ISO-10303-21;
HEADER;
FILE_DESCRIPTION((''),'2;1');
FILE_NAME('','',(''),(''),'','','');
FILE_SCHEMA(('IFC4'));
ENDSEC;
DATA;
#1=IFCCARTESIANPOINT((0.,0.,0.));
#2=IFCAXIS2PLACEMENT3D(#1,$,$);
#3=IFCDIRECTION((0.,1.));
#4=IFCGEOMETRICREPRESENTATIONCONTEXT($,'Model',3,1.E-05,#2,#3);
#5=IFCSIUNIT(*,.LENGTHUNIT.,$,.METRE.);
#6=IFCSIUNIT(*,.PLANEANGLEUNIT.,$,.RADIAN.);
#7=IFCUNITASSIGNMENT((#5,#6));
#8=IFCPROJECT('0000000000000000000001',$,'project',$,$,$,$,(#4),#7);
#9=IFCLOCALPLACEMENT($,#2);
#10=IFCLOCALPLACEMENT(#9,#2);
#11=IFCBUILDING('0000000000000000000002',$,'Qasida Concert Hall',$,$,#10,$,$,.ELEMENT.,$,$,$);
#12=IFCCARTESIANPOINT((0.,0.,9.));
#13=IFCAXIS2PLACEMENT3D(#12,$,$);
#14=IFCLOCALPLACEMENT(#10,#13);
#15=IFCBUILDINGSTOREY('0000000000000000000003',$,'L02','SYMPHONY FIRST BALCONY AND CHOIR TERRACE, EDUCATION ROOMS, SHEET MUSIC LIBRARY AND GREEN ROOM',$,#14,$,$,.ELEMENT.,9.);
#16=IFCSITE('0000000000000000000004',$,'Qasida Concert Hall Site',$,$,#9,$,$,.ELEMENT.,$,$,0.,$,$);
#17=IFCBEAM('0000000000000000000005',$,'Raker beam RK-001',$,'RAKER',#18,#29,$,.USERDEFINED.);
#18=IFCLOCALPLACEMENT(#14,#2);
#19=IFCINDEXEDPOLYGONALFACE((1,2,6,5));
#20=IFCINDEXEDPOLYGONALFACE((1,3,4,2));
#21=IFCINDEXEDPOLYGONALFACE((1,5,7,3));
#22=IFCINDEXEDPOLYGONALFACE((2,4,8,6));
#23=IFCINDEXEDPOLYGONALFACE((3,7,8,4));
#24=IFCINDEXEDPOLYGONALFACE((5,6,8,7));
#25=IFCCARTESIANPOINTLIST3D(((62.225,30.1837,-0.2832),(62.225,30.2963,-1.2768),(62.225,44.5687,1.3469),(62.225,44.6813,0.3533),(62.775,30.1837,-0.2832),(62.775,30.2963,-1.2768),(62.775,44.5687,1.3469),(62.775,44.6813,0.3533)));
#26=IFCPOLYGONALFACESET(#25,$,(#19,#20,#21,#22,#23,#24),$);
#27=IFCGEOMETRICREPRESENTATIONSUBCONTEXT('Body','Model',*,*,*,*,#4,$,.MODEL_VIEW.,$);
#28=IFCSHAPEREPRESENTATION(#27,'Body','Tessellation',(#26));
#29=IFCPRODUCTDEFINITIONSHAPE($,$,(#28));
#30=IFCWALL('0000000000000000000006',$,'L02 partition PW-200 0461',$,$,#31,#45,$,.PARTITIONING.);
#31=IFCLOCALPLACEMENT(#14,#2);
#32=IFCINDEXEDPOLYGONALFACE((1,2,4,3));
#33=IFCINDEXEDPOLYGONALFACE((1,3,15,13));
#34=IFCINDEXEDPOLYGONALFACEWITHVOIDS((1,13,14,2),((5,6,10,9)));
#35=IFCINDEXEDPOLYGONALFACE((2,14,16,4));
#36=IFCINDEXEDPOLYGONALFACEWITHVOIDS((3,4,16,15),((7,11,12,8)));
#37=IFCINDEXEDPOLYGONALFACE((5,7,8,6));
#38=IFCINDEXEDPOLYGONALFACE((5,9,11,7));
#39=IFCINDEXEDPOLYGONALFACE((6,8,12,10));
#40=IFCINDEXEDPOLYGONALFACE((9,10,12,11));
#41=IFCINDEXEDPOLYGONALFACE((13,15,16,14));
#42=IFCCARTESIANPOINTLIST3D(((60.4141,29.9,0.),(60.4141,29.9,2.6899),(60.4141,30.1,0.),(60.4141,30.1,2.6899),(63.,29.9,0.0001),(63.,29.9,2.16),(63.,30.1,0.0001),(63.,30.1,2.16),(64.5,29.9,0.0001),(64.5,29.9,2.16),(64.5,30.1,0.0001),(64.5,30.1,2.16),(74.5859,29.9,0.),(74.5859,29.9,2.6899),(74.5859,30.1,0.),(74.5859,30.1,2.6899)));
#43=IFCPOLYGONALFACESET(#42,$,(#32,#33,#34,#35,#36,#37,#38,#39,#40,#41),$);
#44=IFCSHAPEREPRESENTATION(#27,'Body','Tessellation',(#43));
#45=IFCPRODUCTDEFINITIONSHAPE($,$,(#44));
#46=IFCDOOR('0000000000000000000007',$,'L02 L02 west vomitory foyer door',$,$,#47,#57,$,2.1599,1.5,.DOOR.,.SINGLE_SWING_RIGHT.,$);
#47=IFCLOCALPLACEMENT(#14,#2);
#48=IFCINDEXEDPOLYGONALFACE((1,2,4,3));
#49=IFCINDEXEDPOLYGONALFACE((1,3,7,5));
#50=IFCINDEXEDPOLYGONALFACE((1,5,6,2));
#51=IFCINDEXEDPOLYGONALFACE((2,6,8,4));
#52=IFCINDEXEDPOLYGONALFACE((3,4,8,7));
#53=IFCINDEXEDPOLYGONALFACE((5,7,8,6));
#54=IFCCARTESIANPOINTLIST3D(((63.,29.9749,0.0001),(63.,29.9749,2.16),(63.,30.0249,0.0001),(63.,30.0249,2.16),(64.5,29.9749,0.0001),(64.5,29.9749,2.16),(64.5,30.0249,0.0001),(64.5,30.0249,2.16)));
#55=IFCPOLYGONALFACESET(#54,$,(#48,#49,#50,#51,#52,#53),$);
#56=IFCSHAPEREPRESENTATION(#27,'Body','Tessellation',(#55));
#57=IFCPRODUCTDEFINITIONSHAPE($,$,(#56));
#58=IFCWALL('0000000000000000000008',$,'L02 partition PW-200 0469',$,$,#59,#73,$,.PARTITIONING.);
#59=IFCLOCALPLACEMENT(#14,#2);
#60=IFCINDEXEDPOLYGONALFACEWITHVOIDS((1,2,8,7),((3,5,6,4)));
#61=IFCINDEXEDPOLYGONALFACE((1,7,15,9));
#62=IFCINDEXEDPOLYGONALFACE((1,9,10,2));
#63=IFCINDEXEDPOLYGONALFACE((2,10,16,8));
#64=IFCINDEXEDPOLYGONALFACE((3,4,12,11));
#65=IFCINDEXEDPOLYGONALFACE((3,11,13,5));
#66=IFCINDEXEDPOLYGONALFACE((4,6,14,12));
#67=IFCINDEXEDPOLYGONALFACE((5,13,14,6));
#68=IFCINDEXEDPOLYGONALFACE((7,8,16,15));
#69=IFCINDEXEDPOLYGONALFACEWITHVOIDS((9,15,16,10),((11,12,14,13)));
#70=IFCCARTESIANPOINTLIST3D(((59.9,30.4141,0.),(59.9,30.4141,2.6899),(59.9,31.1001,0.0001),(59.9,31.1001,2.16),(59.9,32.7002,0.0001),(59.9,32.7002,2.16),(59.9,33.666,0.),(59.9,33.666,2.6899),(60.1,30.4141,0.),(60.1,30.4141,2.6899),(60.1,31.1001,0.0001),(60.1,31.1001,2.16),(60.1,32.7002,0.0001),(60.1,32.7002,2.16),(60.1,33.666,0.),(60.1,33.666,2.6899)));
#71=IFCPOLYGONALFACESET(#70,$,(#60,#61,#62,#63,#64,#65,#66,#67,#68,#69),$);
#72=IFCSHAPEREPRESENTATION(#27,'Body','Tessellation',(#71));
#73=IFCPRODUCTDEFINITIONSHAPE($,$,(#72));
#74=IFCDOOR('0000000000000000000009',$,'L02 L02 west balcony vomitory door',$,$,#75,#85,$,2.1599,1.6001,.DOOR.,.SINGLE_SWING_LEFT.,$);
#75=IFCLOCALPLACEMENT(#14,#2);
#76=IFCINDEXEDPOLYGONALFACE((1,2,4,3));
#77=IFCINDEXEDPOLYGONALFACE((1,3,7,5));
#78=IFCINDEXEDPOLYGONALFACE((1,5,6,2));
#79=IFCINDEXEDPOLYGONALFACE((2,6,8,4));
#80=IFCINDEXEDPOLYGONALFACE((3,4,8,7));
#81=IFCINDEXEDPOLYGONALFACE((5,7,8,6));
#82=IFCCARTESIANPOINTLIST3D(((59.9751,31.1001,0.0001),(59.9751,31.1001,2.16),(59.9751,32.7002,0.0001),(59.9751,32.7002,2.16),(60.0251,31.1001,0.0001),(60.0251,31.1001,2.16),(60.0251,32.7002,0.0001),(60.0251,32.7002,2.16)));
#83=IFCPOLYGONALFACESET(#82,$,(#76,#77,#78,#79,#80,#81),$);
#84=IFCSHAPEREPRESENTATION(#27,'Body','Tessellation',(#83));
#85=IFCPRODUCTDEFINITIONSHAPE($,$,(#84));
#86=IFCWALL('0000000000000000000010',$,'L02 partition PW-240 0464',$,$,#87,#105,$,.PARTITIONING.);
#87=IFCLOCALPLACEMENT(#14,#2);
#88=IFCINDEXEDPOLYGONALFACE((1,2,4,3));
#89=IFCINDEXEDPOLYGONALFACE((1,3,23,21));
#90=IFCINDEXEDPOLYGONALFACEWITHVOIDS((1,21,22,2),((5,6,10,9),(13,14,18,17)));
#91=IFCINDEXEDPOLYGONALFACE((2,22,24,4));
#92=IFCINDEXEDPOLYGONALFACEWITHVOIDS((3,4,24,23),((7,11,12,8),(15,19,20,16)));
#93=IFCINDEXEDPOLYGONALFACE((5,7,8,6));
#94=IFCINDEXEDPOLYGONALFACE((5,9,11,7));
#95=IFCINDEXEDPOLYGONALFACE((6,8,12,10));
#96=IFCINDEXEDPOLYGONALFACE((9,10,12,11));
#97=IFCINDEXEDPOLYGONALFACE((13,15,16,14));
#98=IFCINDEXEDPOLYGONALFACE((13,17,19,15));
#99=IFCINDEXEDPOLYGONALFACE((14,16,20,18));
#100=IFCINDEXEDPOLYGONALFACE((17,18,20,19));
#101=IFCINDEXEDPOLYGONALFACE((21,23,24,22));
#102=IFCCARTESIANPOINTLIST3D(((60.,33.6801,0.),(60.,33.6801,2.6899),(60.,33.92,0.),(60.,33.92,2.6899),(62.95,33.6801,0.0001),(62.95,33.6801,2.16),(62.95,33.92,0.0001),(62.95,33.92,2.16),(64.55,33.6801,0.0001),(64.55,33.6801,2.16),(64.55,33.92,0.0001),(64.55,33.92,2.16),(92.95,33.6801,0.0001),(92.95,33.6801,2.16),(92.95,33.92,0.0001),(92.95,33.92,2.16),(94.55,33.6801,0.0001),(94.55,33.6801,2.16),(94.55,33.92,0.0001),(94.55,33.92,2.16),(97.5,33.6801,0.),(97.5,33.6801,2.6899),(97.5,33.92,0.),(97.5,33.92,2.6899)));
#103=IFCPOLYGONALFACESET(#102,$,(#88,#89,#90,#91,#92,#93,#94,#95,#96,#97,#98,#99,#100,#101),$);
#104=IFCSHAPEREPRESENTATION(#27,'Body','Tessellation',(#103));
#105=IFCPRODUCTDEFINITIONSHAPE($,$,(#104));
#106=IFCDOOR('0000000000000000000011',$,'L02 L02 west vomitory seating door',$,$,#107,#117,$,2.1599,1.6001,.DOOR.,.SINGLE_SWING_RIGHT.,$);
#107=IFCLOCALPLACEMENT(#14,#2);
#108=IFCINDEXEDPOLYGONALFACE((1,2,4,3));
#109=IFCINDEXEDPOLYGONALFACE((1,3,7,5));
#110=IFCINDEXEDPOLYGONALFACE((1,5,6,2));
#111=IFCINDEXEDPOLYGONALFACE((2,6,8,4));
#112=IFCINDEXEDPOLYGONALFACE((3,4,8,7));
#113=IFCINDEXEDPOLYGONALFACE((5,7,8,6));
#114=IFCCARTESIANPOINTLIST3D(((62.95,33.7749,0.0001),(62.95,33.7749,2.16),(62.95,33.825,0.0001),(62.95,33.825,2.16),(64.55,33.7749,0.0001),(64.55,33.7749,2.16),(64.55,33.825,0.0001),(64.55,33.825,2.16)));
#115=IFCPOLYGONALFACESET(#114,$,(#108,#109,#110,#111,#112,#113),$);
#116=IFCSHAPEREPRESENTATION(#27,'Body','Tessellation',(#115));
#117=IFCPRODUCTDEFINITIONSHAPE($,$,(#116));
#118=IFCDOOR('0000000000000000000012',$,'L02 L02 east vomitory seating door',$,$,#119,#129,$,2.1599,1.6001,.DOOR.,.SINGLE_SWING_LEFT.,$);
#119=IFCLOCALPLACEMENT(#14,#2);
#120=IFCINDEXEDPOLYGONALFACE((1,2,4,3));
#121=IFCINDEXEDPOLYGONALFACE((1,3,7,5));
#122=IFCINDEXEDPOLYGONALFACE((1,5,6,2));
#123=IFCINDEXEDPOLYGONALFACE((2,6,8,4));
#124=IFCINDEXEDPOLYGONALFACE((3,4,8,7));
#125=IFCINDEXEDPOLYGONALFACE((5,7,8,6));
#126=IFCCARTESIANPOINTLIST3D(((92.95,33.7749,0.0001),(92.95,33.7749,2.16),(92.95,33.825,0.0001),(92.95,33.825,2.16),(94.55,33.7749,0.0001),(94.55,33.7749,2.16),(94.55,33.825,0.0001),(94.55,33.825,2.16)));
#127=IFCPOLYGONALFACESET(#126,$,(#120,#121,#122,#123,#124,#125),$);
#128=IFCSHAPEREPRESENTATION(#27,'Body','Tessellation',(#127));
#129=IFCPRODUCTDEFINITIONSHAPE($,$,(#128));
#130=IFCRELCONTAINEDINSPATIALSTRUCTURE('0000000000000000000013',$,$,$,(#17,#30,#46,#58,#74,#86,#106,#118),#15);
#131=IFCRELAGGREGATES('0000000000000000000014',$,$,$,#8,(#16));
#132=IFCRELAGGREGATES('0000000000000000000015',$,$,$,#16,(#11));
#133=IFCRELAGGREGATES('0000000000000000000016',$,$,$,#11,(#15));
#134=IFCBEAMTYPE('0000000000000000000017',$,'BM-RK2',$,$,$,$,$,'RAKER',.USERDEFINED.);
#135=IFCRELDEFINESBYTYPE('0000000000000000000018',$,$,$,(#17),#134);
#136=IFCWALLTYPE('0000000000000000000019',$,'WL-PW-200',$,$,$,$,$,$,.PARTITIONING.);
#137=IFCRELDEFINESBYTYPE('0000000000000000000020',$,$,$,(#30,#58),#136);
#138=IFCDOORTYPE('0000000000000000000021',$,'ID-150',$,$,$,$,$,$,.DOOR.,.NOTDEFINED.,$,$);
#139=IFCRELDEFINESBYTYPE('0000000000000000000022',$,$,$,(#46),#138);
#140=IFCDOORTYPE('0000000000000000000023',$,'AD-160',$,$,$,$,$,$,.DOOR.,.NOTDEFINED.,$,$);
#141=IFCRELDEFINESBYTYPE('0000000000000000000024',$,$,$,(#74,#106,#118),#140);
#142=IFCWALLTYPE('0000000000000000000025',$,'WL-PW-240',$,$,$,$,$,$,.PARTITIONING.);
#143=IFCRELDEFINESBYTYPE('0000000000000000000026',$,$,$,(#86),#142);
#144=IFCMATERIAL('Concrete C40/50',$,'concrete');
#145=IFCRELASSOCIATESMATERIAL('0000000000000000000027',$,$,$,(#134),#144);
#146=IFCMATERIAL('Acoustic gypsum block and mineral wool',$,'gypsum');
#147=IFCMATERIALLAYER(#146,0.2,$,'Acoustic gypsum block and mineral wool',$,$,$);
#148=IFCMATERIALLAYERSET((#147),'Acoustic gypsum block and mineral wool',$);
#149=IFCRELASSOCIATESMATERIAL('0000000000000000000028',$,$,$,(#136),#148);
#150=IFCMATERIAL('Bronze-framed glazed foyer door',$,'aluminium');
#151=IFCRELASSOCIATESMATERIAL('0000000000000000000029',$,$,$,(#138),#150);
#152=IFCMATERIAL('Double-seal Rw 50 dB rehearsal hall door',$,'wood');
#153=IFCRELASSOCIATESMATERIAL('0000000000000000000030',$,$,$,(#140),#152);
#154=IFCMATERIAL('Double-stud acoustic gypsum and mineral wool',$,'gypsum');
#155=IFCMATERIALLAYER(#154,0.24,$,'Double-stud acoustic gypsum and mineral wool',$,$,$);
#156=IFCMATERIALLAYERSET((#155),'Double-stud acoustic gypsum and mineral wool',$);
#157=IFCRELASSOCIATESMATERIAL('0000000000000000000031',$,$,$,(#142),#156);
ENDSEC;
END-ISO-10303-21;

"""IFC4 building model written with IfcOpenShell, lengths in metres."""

from ifc_helpers import new_model, si_unit, direction, frame, frame_2d, origin, origin_2d, place, context, subcontext, project, spatial, rectangle, extrude, material, layer, layer_set, material_profile, profile_set, type_object, element, fill, save


model = new_model("IFC4")

# Units and contexts
model_context = context("Model", 3, precision=1e-05, world=origin(), true_north=direction((0.0, 1.0)))
body_context = subcontext(model_context, "Body", "Model", "MODEL_VIEW")
ifc_project = project(units=[si_unit("LENGTHUNIT", "METRE"), si_unit("PLANEANGLEUNIT", "RADIAN")], contexts=[model_context])

# Site, building, storey
site_placement = place(None, origin())
site = spatial("IfcSite", under=ifc_project, at=site_placement, Name="Qasida Concert Hall Site", CompositionType="ELEMENT", RefElevation=0.0)
building_placement = place(site_placement, origin())
building = spatial("IfcBuilding", under=site, at=building_placement, Name="Qasida Concert Hall", CompositionType="ELEMENT")
storey_placement = place(building_placement, frame((0.0, 0.0, 9.0)))
storey = spatial("IfcBuildingStorey", under=building, at=storey_placement, Name="L02", Description="SYMPHONY FIRST BALCONY AND CHOIR TERRACE, EDUCATION ROOMS, SHEET MUSIC LIBRARY AND GREEN ROOM", CompositionType="ELEMENT", Elevation=9.0)

# Beam
ifc_material_1 = material(Name="Concrete C40/50", Category="concrete")
ifc_material_profile_1 = material_profile(ifc_material_1, rectangle(XDim=0.55, YDim=1.0, at=origin_2d()), Name="RC 550x1000")
ifc_profile_set_1 = profile_set([ifc_material_profile_1], Name="Concrete C40/50")
beam_type_1 = type_object("IfcBeamType", Name="BM-RK2", ElementType="RAKER", PredefinedType="USERDEFINED", material=ifc_profile_set_1)
beam_1_placement = place(storey_placement, frame((62.5, 30.24, -0.78), z_axis=(0.0, 0.99364, 0.112601), x_axis=(-1.0, 0.0, 0.0)))
element("IfcBeam", 1, at=beam_1_placement, inside=storey, type_object=beam_type_1, Name="Raker beam RK-001", ObjectType="RAKER", PredefinedType="USERDEFINED", context=body_context, shape_type="SweptSolid", body=[
    extrude(rectangle(XDim=0.55, YDim=1.0, at=origin_2d()), origin(), (0.0, 0.0, 1.0), 14.4771),
])

# Walls, openings, doors
ifc_material_2 = material(Name="Acoustic gypsum block and mineral wool", Category="gypsum")
ifc_layer_1 = layer(ifc_material_2, 0.2, Name="Acoustic gypsum block and mineral wool")
ifc_layer_set_1 = layer_set([ifc_layer_1], Name="Acoustic gypsum block and mineral wool")
wall_type_1 = type_object("IfcWallType", Name="WL-PW-200", PredefinedType="PARTITIONING", material=ifc_layer_set_1)
wall_1_placement = place(storey_placement, frame((60.4141, 30.0, 0.0), z_axis=(0.0, 0.0, 1.0), x_axis=(1.0, 0.0, 0.0)))
wall_1 = element("IfcWall", 2, at=wall_1_placement, inside=storey, type_object=wall_type_1, Name="L02 partition PW-200 0461", PredefinedType="PARTITIONING", context=body_context, shape_type="SweptSolid", body=[
    extrude(rectangle(XDim=14.1719, YDim=0.2, at=frame_2d((7.0859, 0.0))), origin(), (0.0, 0.0, 1.0), 2.6899),
])
opening_1_placement = place(wall_1_placement, frame((2.5859, 0.0, 0.0)))
opening_1 = element("IfcOpeningElement", 3, at=opening_1_placement, cuts=wall_1, PredefinedType="OPENING", context=body_context, shape_type="SweptSolid", body=[
    extrude(rectangle(XDim=1.5, YDim=2.1599, at=frame_2d((0.75, 1.0801))), frame((0.0, 0.1099, 0.0), z_axis=(0.0, -1.0, 0.0), x_axis=(1.0, 0.0, 0.0)), (0.0, 0.0, 1.0), 0.22),
])
ifc_material_3 = material(Name="Bronze-framed glazed foyer door", Category="aluminium")
door_type_1 = type_object("IfcDoorType", Name="ID-150", OperationType="NOTDEFINED", PredefinedType="DOOR", material=ifc_material_3)
door_1_placement = place(opening_1_placement, origin())
door_1 = element("IfcDoor", 4, at=door_1_placement, inside=storey, type_object=door_type_1, Name="L02 L02 west vomitory foyer door", OperationType="SINGLE_SWING_RIGHT", OverallHeight=2.1599, OverallWidth=1.5, PredefinedType="DOOR", context=body_context, shape_type="SweptSolid", body=[
    extrude(rectangle(XDim=1.5, YDim=2.1599, at=frame_2d((0.75, 1.0801))), frame((0.0, 0.0249, 0.0), z_axis=(0.0, -1.0, 0.0), x_axis=(1.0, 0.0, 0.0)), (0.0, 0.0, 1.0), 0.05),
])
fill(opening_1, door_1)
wall_2_placement = place(storey_placement, frame((60.0, 30.4141, 0.0), z_axis=(0.0, 0.0, 1.0), x_axis=(0.0, 1.0, 0.0)))
wall_2 = element("IfcWall", 5, at=wall_2_placement, inside=storey, type_object=wall_type_1, Name="L02 partition PW-200 0469", PredefinedType="PARTITIONING", context=body_context, shape_type="SweptSolid", body=[
    extrude(rectangle(XDim=3.252, YDim=0.2, at=frame_2d((1.626, 0.0))), origin(), (0.0, 0.0, 1.0), 2.6899),
])
opening_2_placement = place(wall_2_placement, frame((0.686, 0.0, 0.0)))
opening_2 = element("IfcOpeningElement", 6, at=opening_2_placement, cuts=wall_2, PredefinedType="OPENING", context=body_context, shape_type="SweptSolid", body=[
    extrude(rectangle(XDim=1.6001, YDim=2.1599, at=frame_2d((0.8, 1.0801))), frame((0.0, 0.1099, 0.0), z_axis=(0.0, -1.0, 0.0), x_axis=(1.0, 0.0, 0.0)), (0.0, 0.0, 1.0), 0.22),
])
ifc_material_4 = material(Name="Double-seal Rw 50 dB rehearsal hall door", Category="wood")
door_type_2 = type_object("IfcDoorType", Name="AD-160", OperationType="NOTDEFINED", PredefinedType="DOOR", material=ifc_material_4)
door_2_placement = place(opening_2_placement, origin())
door_2 = element("IfcDoor", 7, at=door_2_placement, inside=storey, type_object=door_type_2, Name="L02 L02 west balcony vomitory door", OperationType="SINGLE_SWING_LEFT", OverallHeight=2.1599, OverallWidth=1.6001, PredefinedType="DOOR", context=body_context, shape_type="SweptSolid", body=[
    extrude(rectangle(XDim=1.6001, YDim=2.1599, at=frame_2d((0.8, 1.0801))), frame((0.0, 0.0249, 0.0), z_axis=(0.0, -1.0, 0.0), x_axis=(1.0, 0.0, 0.0)), (0.0, 0.0, 1.0), 0.05),
])
fill(opening_2, door_2)

# Wall, openings, doors
ifc_material_5 = material(Name="Double-stud acoustic gypsum and mineral wool", Category="gypsum")
ifc_layer_2 = layer(ifc_material_5, 0.24, Name="Double-stud acoustic gypsum and mineral wool")
ifc_layer_set_2 = layer_set([ifc_layer_2], Name="Double-stud acoustic gypsum and mineral wool")
wall_type_2 = type_object("IfcWallType", Name="WL-PW-240", PredefinedType="PARTITIONING", material=ifc_layer_set_2)
wall_3_placement = place(storey_placement, frame((60.0, 33.8, 0.0), z_axis=(0.0, 0.0, 1.0), x_axis=(1.0, 0.0, 0.0)))
wall_3 = element("IfcWall", 8, at=wall_3_placement, inside=storey, type_object=wall_type_2, Name="L02 partition PW-240 0464", PredefinedType="PARTITIONING", context=body_context, shape_type="SweptSolid", body=[
    extrude(rectangle(XDim=37.5, YDim=0.24, at=frame_2d((18.75, 0.0))), origin(), (0.0, 0.0, 1.0), 2.6899),
])
opening_3_placement = place(wall_3_placement, frame((2.95, 0.0, 0.0)))
opening_3 = element("IfcOpeningElement", 9, at=opening_3_placement, cuts=wall_3, PredefinedType="OPENING", context=body_context, shape_type="SweptSolid", body=[
    extrude(rectangle(XDim=1.6001, YDim=2.1599, at=frame_2d((0.8, 1.0801))), frame((0.0, 0.1299, 0.0), z_axis=(0.0, -1.0, 0.0), x_axis=(1.0, 0.0, 0.0)), (0.0, 0.0, 1.0), 0.26),
])
opening_4_placement = place(wall_3_placement, frame((32.95, 0.0, 0.0)))
opening_4 = element("IfcOpeningElement", 10, at=opening_4_placement, cuts=wall_3, PredefinedType="OPENING", context=body_context, shape_type="SweptSolid", body=[
    extrude(rectangle(XDim=1.6001, YDim=2.1599, at=frame_2d((0.8, 1.0801))), frame((0.0, 0.1299, 0.0), z_axis=(0.0, -1.0, 0.0), x_axis=(1.0, 0.0, 0.0)), (0.0, 0.0, 1.0), 0.26),
])
door_3_placement = place(opening_3_placement, origin())
door_3 = element("IfcDoor", 11, at=door_3_placement, inside=storey, type_object=door_type_2, Name="L02 L02 west vomitory seating door", OperationType="SINGLE_SWING_RIGHT", OverallHeight=2.1599, OverallWidth=1.6001, PredefinedType="DOOR", context=body_context, shape_type="SweptSolid", body=[
    extrude(rectangle(XDim=1.6001, YDim=2.1599, at=frame_2d((0.8, 1.0801))), frame((0.0, 0.0249, 0.0), z_axis=(0.0, -1.0, 0.0), x_axis=(1.0, 0.0, 0.0)), (0.0, 0.0, 1.0), 0.05),
])
fill(opening_3, door_3)
door_4_placement = place(opening_4_placement, origin())
door_4 = element("IfcDoor", 12, at=door_4_placement, inside=storey, type_object=door_type_2, Name="L02 L02 east vomitory seating door", OperationType="SINGLE_SWING_LEFT", OverallHeight=2.1599, OverallWidth=1.6001, PredefinedType="DOOR", context=body_context, shape_type="SweptSolid", body=[
    extrude(rectangle(XDim=1.6001, YDim=2.1599, at=frame_2d((0.8, 1.0801))), frame((0.0, 0.0249, 0.0), z_axis=(0.0, -1.0, 0.0), x_axis=(1.0, 0.0, 0.0)), (0.0, 0.0, 1.0), 0.05),
])
fill(opening_4, door_4)

save(model, "model.ifc")
